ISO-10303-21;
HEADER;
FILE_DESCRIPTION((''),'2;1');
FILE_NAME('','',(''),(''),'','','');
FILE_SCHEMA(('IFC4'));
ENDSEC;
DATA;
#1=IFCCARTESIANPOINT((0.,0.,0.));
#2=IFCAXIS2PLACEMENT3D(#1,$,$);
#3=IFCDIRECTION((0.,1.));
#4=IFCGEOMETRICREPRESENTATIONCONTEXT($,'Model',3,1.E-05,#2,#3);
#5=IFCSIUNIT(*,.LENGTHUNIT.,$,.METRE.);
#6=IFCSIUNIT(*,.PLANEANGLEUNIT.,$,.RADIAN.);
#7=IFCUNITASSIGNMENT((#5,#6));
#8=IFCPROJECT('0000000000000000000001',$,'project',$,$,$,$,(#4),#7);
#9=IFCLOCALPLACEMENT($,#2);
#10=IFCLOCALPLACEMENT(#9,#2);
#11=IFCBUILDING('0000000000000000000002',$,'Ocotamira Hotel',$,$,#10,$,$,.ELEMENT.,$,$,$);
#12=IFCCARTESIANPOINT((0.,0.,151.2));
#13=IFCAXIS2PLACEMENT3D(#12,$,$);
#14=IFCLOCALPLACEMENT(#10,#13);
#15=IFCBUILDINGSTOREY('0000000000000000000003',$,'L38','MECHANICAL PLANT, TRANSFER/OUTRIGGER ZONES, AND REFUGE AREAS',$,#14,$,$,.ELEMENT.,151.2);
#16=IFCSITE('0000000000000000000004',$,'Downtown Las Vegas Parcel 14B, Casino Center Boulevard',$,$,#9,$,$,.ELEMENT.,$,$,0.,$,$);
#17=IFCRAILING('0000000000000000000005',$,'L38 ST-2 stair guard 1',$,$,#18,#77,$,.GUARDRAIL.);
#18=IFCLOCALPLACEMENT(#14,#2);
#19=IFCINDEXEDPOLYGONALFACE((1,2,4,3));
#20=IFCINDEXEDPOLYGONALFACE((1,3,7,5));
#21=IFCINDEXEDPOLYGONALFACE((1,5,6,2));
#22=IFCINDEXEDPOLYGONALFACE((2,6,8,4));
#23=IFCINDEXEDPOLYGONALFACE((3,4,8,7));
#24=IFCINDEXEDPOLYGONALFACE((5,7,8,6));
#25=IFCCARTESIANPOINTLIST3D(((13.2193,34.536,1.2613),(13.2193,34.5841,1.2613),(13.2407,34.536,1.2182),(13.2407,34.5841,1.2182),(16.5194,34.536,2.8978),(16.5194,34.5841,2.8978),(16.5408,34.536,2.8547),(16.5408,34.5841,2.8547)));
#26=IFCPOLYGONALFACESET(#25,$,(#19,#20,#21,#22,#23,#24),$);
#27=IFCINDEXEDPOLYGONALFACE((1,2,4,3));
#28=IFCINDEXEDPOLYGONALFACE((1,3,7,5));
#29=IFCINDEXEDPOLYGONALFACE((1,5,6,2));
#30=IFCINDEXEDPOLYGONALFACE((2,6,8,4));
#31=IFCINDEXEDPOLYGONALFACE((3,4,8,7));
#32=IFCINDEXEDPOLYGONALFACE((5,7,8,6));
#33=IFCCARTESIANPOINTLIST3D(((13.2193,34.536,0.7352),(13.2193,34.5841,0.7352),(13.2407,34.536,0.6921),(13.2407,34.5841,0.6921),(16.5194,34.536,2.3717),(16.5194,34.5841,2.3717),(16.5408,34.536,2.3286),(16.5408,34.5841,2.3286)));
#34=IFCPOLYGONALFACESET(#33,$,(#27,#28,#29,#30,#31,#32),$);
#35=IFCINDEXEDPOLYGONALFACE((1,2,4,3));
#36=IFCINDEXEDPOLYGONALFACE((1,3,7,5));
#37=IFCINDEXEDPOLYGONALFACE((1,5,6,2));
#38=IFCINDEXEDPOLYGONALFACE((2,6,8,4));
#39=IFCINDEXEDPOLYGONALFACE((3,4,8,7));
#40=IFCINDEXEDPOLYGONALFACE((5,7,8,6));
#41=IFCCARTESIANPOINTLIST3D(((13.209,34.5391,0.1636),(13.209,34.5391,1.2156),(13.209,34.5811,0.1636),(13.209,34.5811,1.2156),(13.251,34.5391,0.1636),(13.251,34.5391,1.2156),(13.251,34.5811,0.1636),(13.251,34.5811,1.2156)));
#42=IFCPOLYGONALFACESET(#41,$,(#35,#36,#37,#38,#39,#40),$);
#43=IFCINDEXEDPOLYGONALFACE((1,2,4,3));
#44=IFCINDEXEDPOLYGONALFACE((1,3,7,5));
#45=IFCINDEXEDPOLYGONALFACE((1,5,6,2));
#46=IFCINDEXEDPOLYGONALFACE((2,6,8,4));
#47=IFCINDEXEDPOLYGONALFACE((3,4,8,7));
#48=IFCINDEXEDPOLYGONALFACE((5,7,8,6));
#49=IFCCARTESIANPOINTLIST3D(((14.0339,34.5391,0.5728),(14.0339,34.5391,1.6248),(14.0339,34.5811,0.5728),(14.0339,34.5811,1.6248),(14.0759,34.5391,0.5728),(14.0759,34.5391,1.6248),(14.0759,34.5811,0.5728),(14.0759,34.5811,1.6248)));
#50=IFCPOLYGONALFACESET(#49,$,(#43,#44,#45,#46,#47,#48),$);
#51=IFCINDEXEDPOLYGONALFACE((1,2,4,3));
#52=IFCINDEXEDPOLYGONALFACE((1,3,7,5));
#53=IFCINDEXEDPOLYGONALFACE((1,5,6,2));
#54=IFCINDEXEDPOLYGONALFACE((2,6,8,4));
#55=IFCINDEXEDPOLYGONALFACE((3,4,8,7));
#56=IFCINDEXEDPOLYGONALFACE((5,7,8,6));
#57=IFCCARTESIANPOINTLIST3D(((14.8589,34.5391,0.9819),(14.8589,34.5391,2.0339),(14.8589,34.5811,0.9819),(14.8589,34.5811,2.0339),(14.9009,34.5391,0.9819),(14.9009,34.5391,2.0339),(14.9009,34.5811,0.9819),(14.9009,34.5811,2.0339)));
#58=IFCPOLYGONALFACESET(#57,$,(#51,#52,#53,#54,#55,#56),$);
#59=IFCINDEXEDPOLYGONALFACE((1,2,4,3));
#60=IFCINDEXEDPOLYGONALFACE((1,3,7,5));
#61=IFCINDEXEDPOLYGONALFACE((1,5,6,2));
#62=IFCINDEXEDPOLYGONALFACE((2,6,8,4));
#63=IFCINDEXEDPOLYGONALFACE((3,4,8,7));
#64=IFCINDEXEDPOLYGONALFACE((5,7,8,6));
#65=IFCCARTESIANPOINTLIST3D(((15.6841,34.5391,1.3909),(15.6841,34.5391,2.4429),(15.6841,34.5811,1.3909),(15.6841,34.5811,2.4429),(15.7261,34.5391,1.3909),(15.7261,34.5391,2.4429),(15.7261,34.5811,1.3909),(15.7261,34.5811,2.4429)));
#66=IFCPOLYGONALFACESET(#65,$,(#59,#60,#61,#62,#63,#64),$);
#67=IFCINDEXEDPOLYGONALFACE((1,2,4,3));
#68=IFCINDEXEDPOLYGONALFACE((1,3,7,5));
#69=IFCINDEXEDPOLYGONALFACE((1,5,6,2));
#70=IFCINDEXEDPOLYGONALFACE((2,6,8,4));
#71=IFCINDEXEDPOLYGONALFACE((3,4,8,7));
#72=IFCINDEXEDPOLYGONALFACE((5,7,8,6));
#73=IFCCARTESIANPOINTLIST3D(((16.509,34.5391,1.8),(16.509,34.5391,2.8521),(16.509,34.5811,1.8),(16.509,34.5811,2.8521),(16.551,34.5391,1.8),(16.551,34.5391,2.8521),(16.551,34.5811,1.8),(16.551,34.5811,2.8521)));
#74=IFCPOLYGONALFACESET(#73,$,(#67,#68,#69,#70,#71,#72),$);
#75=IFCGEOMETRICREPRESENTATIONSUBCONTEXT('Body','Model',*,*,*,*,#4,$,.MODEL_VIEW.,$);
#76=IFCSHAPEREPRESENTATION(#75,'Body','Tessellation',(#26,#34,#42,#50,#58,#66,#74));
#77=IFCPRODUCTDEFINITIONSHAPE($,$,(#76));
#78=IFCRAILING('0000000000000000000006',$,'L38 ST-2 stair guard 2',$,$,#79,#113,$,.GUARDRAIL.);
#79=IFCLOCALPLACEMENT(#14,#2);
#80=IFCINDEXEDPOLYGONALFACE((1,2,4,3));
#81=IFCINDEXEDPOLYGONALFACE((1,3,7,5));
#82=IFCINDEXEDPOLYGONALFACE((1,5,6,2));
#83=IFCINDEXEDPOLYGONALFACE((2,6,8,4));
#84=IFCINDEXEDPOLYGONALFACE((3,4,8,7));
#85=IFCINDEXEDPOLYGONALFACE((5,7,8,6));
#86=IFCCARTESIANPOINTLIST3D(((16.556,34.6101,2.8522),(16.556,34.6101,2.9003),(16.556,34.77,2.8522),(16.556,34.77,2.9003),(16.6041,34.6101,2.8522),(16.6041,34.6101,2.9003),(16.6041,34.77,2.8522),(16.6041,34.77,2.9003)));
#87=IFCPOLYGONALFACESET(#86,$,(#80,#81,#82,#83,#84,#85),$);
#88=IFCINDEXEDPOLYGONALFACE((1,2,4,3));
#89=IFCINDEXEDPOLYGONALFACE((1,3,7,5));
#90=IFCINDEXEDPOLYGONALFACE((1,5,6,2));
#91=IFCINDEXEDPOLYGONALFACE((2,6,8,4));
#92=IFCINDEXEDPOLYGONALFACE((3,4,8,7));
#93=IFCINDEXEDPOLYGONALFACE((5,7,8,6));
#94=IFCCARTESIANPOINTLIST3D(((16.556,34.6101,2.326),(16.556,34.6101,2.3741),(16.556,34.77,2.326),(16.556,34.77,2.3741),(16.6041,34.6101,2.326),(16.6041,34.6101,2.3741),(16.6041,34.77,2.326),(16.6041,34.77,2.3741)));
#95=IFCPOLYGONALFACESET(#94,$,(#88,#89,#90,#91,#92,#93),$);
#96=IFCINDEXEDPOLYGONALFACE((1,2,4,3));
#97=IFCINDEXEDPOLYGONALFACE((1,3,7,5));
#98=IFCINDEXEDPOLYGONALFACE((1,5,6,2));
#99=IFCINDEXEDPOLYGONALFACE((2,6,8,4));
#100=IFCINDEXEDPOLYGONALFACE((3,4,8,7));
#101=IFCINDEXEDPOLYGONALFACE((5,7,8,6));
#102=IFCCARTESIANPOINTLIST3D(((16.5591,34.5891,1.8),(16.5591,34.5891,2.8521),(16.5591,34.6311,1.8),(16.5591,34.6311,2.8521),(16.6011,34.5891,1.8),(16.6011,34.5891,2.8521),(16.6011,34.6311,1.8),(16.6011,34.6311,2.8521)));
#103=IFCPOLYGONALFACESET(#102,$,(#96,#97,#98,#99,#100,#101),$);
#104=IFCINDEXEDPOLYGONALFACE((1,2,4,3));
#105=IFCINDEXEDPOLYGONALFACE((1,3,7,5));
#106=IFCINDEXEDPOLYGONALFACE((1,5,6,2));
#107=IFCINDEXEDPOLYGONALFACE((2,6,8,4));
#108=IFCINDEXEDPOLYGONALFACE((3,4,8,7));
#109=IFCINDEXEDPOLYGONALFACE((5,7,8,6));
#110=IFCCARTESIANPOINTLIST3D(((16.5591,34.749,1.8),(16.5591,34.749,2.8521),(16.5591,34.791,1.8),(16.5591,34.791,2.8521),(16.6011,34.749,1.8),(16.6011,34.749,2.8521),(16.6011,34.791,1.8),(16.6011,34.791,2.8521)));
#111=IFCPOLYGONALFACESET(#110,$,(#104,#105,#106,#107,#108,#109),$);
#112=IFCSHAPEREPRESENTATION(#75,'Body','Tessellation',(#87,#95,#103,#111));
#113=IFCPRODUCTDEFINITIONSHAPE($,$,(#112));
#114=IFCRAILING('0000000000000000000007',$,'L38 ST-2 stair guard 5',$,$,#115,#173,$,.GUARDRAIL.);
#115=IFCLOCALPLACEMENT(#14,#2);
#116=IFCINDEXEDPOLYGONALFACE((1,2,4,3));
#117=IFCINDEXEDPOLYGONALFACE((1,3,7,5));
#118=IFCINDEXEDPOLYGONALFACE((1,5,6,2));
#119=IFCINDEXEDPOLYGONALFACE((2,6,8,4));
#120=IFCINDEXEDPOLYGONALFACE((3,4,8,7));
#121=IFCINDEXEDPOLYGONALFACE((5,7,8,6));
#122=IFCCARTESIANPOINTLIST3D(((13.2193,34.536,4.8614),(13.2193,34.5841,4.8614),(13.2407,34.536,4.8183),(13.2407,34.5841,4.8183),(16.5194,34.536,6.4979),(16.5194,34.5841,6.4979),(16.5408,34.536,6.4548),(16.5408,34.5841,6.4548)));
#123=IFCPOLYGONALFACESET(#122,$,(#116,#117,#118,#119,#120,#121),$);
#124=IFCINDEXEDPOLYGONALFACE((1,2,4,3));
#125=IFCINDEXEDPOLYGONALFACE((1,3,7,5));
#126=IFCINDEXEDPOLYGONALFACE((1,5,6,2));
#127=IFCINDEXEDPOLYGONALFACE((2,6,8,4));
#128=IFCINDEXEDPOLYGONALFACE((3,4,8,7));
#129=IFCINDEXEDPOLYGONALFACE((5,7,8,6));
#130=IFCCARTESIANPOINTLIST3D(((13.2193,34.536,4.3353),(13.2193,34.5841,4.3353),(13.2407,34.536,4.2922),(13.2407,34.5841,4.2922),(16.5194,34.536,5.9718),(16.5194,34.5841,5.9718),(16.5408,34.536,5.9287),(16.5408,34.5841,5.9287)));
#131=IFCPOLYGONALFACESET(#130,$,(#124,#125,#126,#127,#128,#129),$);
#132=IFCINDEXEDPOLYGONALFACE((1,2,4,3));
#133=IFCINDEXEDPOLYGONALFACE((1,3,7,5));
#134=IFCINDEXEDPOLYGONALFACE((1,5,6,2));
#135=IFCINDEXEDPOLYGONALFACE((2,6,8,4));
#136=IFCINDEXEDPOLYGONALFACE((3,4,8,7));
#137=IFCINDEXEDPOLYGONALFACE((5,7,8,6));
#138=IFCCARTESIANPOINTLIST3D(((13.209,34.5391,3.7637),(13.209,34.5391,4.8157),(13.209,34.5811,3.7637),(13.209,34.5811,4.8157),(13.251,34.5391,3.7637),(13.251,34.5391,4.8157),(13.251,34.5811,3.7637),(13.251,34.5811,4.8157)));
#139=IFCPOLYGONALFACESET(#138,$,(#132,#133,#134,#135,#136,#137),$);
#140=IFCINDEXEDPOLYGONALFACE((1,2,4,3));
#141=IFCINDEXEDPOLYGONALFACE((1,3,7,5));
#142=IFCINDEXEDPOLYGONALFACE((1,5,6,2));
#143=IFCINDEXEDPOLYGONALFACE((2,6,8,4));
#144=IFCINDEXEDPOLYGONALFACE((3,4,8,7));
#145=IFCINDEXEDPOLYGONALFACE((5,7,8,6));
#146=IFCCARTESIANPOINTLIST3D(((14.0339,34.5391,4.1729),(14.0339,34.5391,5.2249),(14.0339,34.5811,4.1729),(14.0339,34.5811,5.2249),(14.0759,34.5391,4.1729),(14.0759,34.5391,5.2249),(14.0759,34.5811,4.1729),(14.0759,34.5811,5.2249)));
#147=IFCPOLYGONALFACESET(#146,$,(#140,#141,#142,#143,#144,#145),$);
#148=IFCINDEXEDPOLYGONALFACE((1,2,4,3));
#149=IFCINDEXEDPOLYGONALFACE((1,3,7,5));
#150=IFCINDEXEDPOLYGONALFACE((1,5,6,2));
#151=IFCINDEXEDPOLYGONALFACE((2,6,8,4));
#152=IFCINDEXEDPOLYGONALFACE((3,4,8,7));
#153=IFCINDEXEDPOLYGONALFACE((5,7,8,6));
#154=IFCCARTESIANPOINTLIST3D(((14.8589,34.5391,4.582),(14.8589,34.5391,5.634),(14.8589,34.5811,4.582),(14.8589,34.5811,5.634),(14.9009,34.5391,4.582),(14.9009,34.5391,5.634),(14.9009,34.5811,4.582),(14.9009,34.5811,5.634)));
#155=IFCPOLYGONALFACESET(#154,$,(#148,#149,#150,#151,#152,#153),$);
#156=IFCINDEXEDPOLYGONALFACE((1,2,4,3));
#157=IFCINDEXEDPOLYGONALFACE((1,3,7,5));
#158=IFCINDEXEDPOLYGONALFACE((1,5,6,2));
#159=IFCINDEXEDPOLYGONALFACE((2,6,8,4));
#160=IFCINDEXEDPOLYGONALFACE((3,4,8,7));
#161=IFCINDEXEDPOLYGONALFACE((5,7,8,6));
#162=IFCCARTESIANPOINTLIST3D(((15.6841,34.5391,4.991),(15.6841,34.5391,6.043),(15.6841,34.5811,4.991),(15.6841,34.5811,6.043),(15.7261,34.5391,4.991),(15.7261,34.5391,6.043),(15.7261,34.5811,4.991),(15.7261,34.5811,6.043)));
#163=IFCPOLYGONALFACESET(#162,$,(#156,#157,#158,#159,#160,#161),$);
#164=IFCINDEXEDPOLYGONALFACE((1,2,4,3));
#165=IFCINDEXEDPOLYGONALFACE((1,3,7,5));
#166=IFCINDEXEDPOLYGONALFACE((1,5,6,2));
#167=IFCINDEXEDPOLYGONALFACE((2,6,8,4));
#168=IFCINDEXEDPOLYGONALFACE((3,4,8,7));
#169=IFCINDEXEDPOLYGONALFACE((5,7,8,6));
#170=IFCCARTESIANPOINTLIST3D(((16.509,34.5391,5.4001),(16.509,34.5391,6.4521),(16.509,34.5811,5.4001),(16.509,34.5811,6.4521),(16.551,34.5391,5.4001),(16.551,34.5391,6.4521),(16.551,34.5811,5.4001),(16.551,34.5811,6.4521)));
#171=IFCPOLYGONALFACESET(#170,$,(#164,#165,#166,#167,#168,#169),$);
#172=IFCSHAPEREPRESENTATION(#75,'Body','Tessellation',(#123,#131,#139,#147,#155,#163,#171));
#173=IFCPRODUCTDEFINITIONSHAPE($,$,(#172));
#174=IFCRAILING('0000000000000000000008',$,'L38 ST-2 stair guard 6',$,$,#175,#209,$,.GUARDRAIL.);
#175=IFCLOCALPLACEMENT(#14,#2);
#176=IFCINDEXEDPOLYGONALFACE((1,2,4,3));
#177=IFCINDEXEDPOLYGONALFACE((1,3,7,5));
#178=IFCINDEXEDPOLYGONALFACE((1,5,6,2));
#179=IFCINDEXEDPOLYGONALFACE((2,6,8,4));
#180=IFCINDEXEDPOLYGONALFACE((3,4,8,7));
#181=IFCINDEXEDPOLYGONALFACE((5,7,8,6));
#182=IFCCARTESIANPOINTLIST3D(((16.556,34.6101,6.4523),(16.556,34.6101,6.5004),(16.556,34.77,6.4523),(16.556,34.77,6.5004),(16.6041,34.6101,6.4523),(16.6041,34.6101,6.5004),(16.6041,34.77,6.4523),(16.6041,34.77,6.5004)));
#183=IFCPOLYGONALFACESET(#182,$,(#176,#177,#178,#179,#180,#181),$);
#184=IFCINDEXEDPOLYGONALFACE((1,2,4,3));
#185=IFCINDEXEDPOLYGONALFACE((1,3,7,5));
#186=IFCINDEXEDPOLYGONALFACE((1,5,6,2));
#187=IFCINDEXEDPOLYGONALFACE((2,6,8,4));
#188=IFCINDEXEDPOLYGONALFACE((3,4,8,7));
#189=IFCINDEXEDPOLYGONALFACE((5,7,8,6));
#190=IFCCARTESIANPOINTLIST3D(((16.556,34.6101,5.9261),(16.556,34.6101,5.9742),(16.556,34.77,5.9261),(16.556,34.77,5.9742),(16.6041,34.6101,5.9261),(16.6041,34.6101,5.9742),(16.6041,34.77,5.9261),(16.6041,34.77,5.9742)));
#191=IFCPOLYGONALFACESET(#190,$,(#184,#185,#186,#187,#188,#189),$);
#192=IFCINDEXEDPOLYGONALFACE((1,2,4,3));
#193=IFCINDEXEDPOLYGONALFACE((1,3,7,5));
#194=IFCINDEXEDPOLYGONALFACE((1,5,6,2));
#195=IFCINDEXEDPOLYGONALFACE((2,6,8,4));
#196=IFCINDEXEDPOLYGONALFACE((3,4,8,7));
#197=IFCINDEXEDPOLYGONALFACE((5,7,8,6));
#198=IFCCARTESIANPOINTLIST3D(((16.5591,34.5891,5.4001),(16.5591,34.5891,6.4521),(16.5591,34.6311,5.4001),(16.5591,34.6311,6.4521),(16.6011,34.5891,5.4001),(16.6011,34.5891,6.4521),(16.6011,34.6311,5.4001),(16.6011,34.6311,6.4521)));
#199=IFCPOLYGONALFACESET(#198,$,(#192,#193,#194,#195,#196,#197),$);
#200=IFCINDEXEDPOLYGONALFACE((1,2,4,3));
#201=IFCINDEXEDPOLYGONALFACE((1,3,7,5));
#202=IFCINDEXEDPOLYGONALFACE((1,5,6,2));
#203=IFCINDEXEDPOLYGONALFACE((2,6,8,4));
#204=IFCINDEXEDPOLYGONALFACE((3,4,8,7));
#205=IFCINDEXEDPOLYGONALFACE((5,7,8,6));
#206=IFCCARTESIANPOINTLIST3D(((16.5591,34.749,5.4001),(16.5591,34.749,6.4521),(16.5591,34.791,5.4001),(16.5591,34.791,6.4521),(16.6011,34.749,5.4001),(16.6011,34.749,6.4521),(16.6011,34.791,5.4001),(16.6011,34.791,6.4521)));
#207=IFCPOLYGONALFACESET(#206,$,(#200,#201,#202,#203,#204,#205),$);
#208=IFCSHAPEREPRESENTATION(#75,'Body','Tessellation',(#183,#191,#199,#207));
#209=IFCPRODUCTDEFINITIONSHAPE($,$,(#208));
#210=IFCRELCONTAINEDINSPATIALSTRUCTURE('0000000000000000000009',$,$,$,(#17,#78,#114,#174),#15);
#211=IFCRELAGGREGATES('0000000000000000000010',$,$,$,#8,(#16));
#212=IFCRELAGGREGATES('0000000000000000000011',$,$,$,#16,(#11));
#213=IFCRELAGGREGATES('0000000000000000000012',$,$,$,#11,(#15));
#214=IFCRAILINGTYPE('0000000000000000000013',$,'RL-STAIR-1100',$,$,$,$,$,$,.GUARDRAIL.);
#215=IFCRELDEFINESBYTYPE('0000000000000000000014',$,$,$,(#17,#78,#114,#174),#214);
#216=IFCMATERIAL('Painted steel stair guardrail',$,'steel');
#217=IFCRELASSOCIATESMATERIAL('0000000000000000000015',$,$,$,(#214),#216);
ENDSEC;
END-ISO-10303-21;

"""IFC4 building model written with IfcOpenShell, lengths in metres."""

from ifc_helpers import new_model, si_unit, direction, frame, origin, origin_2d, place, context, subcontext, project, spatial, rectangle, extrude, material, type_object, element, save


model = new_model("IFC4")

# Units and contexts
model_context = context("Model", 3, precision=1e-05, world=origin(), true_north=direction((0.0, 1.0)))
body_context = subcontext(model_context, "Body", "Model", "MODEL_VIEW")
ifc_project = project(units=[si_unit("LENGTHUNIT", "METRE"), si_unit("PLANEANGLEUNIT", "RADIAN")], contexts=[model_context])

# Site, building, storey
site_placement = place(None, origin())
site = spatial("IfcSite", under=ifc_project, at=site_placement, Name="Downtown Las Vegas Parcel 14B, Casino Center Boulevard", CompositionType="ELEMENT", RefElevation=0.0)
building_placement = place(site_placement, origin())
building = spatial("IfcBuilding", under=site, at=building_placement, Name="Ocotamira Hotel", CompositionType="ELEMENT")
storey_placement = place(building_placement, frame((0.0, 0.0, 151.2)))
storey = spatial("IfcBuildingStorey", under=building, at=storey_placement, Name="L38", Description="MECHANICAL PLANT, TRANSFER/OUTRIGGER ZONES, AND REFUGE AREAS", CompositionType="ELEMENT", Elevation=151.2)

# Railings
ifc_material_1 = material(Name="Painted steel stair guardrail", Category="steel")
railing_type_1 = type_object("IfcRailingType", Name="RL-STAIR-1100", PredefinedType="GUARDRAIL", material=ifc_material_1)
railing_1_placement = place(storey_placement, frame((13.23, 34.5601, 0.1636)))
element("IfcRailing", 1, at=railing_1_placement, inside=storey, type_object=railing_type_1, Name="L38 ST-2 stair guard 1", PredefinedType="GUARDRAIL", context=body_context, shape_type="SweptSolid", body=[
    extrude(rectangle(XDim=0.0481, YDim=0.0481, at=origin_2d()), frame((0.0, 0.0, 1.0762), z_axis=(0.895894, 0.0, 0.444268), x_axis=(0.0, 1.0, 0.0)), (0.0, 0.0, 1.0), 3.6836),
    extrude(rectangle(XDim=0.0481, YDim=0.0481, at=origin_2d()), frame((0.0, 0.0, 0.55), z_axis=(0.895894, 0.0, 0.444268), x_axis=(0.0, 1.0, 0.0)), (0.0, 0.0, 1.0), 3.6836),
    extrude(rectangle(XDim=0.042, YDim=0.042, at=origin_2d()), origin(), (0.0, 0.0, 1.0), 1.052),
    extrude(rectangle(XDim=0.042, YDim=0.042, at=origin_2d()), frame((0.825, 0.0, 0.4092)), (0.0, 0.0, 1.0), 1.052),
    extrude(rectangle(XDim=0.042, YDim=0.042, at=origin_2d()), frame((1.6499, 0.0, 0.8184)), (0.0, 0.0, 1.0), 1.052),
    extrude(rectangle(XDim=0.042, YDim=0.042, at=origin_2d()), frame((2.4751, 0.0, 1.2273)), (0.0, 0.0, 1.0), 1.052),
    extrude(rectangle(XDim=0.042, YDim=0.042, at=origin_2d()), frame((3.3, 0.0, 1.6365)), (0.0, 0.0, 1.0), 1.052),
])
railing_2_placement = place(storey_placement, frame((16.5801, 34.6101, 1.8)))
element("IfcRailing", 2, at=railing_2_placement, inside=storey, type_object=railing_type_1, Name="L38 ST-2 stair guard 2", PredefinedType="GUARDRAIL", context=body_context, shape_type="SweptSolid", body=[
    extrude(rectangle(XDim=0.0481, YDim=0.0481, at=origin_2d()), frame((0.0, 0.0, 1.0762), z_axis=(0.0, 1.0, 0.0), x_axis=(-1.0, 0.0, 0.0)), (0.0, 0.0, 1.0), 0.1599),
    extrude(rectangle(XDim=0.0481, YDim=0.0481, at=origin_2d()), frame((0.0, 0.0, 0.55), z_axis=(0.0, 1.0, 0.0), x_axis=(-1.0, 0.0, 0.0)), (0.0, 0.0, 1.0), 0.1599),
    extrude(rectangle(XDim=0.042, YDim=0.042, at=origin_2d()), origin(), (0.0, 0.0, 1.0), 1.052),
    extrude(rectangle(XDim=0.042, YDim=0.042, at=origin_2d()), frame((0.0, 0.1599, 0.0)), (0.0, 0.0, 1.0), 1.052),
])
railing_3_placement = place(storey_placement, frame((13.23, 34.5601, 3.7637)))
element("IfcRailing", 3, at=railing_3_placement, inside=storey, type_object=railing_type_1, Name="L38 ST-2 stair guard 5", PredefinedType="GUARDRAIL", context=body_context, shape_type="SweptSolid", body=[
    extrude(rectangle(XDim=0.0481, YDim=0.0481, at=origin_2d()), frame((0.0, 0.0, 1.0762), z_axis=(0.895894, 0.0, 0.444268), x_axis=(0.0, 1.0, 0.0)), (0.0, 0.0, 1.0), 3.6836),
    extrude(rectangle(XDim=0.0481, YDim=0.0481, at=origin_2d()), frame((0.0, 0.0, 0.55), z_axis=(0.895894, 0.0, 0.444268), x_axis=(0.0, 1.0, 0.0)), (0.0, 0.0, 1.0), 3.6836),
    extrude(rectangle(XDim=0.042, YDim=0.042, at=origin_2d()), origin(), (0.0, 0.0, 1.0), 1.052),
    extrude(rectangle(XDim=0.042, YDim=0.042, at=origin_2d()), frame((0.825, 0.0, 0.4092)), (0.0, 0.0, 1.0), 1.052),
    extrude(rectangle(XDim=0.042, YDim=0.042, at=origin_2d()), frame((1.6499, 0.0, 0.8184)), (0.0, 0.0, 1.0), 1.052),
    extrude(rectangle(XDim=0.042, YDim=0.042, at=origin_2d()), frame((2.4751, 0.0, 1.2273)), (0.0, 0.0, 1.0), 1.052),
    extrude(rectangle(XDim=0.042, YDim=0.042, at=origin_2d()), frame((3.3, 0.0, 1.6365)), (0.0, 0.0, 1.0), 1.052),
])
railing_4_placement = place(storey_placement, frame((16.5801, 34.6101, 5.4001)))
element("IfcRailing", 4, at=railing_4_placement, inside=storey, type_object=railing_type_1, Name="L38 ST-2 stair guard 6", PredefinedType="GUARDRAIL", context=body_context, shape_type="SweptSolid", body=[
    extrude(rectangle(XDim=0.0481, YDim=0.0481, at=origin_2d()), frame((0.0, 0.0, 1.0762), z_axis=(0.0, 1.0, 0.0), x_axis=(-1.0, 0.0, 0.0)), (0.0, 0.0, 1.0), 0.1599),
    extrude(rectangle(XDim=0.0481, YDim=0.0481, at=origin_2d()), frame((0.0, 0.0, 0.55), z_axis=(0.0, 1.0, 0.0), x_axis=(-1.0, 0.0, 0.0)), (0.0, 0.0, 1.0), 0.1599),
    extrude(rectangle(XDim=0.042, YDim=0.042, at=origin_2d()), origin(), (0.0, 0.0, 1.0), 1.052),
    extrude(rectangle(XDim=0.042, YDim=0.042, at=origin_2d()), frame((0.0, 0.1599, 0.0)), (0.0, 0.0, 1.0), 1.052),
])

save(model, "model.ifc")
